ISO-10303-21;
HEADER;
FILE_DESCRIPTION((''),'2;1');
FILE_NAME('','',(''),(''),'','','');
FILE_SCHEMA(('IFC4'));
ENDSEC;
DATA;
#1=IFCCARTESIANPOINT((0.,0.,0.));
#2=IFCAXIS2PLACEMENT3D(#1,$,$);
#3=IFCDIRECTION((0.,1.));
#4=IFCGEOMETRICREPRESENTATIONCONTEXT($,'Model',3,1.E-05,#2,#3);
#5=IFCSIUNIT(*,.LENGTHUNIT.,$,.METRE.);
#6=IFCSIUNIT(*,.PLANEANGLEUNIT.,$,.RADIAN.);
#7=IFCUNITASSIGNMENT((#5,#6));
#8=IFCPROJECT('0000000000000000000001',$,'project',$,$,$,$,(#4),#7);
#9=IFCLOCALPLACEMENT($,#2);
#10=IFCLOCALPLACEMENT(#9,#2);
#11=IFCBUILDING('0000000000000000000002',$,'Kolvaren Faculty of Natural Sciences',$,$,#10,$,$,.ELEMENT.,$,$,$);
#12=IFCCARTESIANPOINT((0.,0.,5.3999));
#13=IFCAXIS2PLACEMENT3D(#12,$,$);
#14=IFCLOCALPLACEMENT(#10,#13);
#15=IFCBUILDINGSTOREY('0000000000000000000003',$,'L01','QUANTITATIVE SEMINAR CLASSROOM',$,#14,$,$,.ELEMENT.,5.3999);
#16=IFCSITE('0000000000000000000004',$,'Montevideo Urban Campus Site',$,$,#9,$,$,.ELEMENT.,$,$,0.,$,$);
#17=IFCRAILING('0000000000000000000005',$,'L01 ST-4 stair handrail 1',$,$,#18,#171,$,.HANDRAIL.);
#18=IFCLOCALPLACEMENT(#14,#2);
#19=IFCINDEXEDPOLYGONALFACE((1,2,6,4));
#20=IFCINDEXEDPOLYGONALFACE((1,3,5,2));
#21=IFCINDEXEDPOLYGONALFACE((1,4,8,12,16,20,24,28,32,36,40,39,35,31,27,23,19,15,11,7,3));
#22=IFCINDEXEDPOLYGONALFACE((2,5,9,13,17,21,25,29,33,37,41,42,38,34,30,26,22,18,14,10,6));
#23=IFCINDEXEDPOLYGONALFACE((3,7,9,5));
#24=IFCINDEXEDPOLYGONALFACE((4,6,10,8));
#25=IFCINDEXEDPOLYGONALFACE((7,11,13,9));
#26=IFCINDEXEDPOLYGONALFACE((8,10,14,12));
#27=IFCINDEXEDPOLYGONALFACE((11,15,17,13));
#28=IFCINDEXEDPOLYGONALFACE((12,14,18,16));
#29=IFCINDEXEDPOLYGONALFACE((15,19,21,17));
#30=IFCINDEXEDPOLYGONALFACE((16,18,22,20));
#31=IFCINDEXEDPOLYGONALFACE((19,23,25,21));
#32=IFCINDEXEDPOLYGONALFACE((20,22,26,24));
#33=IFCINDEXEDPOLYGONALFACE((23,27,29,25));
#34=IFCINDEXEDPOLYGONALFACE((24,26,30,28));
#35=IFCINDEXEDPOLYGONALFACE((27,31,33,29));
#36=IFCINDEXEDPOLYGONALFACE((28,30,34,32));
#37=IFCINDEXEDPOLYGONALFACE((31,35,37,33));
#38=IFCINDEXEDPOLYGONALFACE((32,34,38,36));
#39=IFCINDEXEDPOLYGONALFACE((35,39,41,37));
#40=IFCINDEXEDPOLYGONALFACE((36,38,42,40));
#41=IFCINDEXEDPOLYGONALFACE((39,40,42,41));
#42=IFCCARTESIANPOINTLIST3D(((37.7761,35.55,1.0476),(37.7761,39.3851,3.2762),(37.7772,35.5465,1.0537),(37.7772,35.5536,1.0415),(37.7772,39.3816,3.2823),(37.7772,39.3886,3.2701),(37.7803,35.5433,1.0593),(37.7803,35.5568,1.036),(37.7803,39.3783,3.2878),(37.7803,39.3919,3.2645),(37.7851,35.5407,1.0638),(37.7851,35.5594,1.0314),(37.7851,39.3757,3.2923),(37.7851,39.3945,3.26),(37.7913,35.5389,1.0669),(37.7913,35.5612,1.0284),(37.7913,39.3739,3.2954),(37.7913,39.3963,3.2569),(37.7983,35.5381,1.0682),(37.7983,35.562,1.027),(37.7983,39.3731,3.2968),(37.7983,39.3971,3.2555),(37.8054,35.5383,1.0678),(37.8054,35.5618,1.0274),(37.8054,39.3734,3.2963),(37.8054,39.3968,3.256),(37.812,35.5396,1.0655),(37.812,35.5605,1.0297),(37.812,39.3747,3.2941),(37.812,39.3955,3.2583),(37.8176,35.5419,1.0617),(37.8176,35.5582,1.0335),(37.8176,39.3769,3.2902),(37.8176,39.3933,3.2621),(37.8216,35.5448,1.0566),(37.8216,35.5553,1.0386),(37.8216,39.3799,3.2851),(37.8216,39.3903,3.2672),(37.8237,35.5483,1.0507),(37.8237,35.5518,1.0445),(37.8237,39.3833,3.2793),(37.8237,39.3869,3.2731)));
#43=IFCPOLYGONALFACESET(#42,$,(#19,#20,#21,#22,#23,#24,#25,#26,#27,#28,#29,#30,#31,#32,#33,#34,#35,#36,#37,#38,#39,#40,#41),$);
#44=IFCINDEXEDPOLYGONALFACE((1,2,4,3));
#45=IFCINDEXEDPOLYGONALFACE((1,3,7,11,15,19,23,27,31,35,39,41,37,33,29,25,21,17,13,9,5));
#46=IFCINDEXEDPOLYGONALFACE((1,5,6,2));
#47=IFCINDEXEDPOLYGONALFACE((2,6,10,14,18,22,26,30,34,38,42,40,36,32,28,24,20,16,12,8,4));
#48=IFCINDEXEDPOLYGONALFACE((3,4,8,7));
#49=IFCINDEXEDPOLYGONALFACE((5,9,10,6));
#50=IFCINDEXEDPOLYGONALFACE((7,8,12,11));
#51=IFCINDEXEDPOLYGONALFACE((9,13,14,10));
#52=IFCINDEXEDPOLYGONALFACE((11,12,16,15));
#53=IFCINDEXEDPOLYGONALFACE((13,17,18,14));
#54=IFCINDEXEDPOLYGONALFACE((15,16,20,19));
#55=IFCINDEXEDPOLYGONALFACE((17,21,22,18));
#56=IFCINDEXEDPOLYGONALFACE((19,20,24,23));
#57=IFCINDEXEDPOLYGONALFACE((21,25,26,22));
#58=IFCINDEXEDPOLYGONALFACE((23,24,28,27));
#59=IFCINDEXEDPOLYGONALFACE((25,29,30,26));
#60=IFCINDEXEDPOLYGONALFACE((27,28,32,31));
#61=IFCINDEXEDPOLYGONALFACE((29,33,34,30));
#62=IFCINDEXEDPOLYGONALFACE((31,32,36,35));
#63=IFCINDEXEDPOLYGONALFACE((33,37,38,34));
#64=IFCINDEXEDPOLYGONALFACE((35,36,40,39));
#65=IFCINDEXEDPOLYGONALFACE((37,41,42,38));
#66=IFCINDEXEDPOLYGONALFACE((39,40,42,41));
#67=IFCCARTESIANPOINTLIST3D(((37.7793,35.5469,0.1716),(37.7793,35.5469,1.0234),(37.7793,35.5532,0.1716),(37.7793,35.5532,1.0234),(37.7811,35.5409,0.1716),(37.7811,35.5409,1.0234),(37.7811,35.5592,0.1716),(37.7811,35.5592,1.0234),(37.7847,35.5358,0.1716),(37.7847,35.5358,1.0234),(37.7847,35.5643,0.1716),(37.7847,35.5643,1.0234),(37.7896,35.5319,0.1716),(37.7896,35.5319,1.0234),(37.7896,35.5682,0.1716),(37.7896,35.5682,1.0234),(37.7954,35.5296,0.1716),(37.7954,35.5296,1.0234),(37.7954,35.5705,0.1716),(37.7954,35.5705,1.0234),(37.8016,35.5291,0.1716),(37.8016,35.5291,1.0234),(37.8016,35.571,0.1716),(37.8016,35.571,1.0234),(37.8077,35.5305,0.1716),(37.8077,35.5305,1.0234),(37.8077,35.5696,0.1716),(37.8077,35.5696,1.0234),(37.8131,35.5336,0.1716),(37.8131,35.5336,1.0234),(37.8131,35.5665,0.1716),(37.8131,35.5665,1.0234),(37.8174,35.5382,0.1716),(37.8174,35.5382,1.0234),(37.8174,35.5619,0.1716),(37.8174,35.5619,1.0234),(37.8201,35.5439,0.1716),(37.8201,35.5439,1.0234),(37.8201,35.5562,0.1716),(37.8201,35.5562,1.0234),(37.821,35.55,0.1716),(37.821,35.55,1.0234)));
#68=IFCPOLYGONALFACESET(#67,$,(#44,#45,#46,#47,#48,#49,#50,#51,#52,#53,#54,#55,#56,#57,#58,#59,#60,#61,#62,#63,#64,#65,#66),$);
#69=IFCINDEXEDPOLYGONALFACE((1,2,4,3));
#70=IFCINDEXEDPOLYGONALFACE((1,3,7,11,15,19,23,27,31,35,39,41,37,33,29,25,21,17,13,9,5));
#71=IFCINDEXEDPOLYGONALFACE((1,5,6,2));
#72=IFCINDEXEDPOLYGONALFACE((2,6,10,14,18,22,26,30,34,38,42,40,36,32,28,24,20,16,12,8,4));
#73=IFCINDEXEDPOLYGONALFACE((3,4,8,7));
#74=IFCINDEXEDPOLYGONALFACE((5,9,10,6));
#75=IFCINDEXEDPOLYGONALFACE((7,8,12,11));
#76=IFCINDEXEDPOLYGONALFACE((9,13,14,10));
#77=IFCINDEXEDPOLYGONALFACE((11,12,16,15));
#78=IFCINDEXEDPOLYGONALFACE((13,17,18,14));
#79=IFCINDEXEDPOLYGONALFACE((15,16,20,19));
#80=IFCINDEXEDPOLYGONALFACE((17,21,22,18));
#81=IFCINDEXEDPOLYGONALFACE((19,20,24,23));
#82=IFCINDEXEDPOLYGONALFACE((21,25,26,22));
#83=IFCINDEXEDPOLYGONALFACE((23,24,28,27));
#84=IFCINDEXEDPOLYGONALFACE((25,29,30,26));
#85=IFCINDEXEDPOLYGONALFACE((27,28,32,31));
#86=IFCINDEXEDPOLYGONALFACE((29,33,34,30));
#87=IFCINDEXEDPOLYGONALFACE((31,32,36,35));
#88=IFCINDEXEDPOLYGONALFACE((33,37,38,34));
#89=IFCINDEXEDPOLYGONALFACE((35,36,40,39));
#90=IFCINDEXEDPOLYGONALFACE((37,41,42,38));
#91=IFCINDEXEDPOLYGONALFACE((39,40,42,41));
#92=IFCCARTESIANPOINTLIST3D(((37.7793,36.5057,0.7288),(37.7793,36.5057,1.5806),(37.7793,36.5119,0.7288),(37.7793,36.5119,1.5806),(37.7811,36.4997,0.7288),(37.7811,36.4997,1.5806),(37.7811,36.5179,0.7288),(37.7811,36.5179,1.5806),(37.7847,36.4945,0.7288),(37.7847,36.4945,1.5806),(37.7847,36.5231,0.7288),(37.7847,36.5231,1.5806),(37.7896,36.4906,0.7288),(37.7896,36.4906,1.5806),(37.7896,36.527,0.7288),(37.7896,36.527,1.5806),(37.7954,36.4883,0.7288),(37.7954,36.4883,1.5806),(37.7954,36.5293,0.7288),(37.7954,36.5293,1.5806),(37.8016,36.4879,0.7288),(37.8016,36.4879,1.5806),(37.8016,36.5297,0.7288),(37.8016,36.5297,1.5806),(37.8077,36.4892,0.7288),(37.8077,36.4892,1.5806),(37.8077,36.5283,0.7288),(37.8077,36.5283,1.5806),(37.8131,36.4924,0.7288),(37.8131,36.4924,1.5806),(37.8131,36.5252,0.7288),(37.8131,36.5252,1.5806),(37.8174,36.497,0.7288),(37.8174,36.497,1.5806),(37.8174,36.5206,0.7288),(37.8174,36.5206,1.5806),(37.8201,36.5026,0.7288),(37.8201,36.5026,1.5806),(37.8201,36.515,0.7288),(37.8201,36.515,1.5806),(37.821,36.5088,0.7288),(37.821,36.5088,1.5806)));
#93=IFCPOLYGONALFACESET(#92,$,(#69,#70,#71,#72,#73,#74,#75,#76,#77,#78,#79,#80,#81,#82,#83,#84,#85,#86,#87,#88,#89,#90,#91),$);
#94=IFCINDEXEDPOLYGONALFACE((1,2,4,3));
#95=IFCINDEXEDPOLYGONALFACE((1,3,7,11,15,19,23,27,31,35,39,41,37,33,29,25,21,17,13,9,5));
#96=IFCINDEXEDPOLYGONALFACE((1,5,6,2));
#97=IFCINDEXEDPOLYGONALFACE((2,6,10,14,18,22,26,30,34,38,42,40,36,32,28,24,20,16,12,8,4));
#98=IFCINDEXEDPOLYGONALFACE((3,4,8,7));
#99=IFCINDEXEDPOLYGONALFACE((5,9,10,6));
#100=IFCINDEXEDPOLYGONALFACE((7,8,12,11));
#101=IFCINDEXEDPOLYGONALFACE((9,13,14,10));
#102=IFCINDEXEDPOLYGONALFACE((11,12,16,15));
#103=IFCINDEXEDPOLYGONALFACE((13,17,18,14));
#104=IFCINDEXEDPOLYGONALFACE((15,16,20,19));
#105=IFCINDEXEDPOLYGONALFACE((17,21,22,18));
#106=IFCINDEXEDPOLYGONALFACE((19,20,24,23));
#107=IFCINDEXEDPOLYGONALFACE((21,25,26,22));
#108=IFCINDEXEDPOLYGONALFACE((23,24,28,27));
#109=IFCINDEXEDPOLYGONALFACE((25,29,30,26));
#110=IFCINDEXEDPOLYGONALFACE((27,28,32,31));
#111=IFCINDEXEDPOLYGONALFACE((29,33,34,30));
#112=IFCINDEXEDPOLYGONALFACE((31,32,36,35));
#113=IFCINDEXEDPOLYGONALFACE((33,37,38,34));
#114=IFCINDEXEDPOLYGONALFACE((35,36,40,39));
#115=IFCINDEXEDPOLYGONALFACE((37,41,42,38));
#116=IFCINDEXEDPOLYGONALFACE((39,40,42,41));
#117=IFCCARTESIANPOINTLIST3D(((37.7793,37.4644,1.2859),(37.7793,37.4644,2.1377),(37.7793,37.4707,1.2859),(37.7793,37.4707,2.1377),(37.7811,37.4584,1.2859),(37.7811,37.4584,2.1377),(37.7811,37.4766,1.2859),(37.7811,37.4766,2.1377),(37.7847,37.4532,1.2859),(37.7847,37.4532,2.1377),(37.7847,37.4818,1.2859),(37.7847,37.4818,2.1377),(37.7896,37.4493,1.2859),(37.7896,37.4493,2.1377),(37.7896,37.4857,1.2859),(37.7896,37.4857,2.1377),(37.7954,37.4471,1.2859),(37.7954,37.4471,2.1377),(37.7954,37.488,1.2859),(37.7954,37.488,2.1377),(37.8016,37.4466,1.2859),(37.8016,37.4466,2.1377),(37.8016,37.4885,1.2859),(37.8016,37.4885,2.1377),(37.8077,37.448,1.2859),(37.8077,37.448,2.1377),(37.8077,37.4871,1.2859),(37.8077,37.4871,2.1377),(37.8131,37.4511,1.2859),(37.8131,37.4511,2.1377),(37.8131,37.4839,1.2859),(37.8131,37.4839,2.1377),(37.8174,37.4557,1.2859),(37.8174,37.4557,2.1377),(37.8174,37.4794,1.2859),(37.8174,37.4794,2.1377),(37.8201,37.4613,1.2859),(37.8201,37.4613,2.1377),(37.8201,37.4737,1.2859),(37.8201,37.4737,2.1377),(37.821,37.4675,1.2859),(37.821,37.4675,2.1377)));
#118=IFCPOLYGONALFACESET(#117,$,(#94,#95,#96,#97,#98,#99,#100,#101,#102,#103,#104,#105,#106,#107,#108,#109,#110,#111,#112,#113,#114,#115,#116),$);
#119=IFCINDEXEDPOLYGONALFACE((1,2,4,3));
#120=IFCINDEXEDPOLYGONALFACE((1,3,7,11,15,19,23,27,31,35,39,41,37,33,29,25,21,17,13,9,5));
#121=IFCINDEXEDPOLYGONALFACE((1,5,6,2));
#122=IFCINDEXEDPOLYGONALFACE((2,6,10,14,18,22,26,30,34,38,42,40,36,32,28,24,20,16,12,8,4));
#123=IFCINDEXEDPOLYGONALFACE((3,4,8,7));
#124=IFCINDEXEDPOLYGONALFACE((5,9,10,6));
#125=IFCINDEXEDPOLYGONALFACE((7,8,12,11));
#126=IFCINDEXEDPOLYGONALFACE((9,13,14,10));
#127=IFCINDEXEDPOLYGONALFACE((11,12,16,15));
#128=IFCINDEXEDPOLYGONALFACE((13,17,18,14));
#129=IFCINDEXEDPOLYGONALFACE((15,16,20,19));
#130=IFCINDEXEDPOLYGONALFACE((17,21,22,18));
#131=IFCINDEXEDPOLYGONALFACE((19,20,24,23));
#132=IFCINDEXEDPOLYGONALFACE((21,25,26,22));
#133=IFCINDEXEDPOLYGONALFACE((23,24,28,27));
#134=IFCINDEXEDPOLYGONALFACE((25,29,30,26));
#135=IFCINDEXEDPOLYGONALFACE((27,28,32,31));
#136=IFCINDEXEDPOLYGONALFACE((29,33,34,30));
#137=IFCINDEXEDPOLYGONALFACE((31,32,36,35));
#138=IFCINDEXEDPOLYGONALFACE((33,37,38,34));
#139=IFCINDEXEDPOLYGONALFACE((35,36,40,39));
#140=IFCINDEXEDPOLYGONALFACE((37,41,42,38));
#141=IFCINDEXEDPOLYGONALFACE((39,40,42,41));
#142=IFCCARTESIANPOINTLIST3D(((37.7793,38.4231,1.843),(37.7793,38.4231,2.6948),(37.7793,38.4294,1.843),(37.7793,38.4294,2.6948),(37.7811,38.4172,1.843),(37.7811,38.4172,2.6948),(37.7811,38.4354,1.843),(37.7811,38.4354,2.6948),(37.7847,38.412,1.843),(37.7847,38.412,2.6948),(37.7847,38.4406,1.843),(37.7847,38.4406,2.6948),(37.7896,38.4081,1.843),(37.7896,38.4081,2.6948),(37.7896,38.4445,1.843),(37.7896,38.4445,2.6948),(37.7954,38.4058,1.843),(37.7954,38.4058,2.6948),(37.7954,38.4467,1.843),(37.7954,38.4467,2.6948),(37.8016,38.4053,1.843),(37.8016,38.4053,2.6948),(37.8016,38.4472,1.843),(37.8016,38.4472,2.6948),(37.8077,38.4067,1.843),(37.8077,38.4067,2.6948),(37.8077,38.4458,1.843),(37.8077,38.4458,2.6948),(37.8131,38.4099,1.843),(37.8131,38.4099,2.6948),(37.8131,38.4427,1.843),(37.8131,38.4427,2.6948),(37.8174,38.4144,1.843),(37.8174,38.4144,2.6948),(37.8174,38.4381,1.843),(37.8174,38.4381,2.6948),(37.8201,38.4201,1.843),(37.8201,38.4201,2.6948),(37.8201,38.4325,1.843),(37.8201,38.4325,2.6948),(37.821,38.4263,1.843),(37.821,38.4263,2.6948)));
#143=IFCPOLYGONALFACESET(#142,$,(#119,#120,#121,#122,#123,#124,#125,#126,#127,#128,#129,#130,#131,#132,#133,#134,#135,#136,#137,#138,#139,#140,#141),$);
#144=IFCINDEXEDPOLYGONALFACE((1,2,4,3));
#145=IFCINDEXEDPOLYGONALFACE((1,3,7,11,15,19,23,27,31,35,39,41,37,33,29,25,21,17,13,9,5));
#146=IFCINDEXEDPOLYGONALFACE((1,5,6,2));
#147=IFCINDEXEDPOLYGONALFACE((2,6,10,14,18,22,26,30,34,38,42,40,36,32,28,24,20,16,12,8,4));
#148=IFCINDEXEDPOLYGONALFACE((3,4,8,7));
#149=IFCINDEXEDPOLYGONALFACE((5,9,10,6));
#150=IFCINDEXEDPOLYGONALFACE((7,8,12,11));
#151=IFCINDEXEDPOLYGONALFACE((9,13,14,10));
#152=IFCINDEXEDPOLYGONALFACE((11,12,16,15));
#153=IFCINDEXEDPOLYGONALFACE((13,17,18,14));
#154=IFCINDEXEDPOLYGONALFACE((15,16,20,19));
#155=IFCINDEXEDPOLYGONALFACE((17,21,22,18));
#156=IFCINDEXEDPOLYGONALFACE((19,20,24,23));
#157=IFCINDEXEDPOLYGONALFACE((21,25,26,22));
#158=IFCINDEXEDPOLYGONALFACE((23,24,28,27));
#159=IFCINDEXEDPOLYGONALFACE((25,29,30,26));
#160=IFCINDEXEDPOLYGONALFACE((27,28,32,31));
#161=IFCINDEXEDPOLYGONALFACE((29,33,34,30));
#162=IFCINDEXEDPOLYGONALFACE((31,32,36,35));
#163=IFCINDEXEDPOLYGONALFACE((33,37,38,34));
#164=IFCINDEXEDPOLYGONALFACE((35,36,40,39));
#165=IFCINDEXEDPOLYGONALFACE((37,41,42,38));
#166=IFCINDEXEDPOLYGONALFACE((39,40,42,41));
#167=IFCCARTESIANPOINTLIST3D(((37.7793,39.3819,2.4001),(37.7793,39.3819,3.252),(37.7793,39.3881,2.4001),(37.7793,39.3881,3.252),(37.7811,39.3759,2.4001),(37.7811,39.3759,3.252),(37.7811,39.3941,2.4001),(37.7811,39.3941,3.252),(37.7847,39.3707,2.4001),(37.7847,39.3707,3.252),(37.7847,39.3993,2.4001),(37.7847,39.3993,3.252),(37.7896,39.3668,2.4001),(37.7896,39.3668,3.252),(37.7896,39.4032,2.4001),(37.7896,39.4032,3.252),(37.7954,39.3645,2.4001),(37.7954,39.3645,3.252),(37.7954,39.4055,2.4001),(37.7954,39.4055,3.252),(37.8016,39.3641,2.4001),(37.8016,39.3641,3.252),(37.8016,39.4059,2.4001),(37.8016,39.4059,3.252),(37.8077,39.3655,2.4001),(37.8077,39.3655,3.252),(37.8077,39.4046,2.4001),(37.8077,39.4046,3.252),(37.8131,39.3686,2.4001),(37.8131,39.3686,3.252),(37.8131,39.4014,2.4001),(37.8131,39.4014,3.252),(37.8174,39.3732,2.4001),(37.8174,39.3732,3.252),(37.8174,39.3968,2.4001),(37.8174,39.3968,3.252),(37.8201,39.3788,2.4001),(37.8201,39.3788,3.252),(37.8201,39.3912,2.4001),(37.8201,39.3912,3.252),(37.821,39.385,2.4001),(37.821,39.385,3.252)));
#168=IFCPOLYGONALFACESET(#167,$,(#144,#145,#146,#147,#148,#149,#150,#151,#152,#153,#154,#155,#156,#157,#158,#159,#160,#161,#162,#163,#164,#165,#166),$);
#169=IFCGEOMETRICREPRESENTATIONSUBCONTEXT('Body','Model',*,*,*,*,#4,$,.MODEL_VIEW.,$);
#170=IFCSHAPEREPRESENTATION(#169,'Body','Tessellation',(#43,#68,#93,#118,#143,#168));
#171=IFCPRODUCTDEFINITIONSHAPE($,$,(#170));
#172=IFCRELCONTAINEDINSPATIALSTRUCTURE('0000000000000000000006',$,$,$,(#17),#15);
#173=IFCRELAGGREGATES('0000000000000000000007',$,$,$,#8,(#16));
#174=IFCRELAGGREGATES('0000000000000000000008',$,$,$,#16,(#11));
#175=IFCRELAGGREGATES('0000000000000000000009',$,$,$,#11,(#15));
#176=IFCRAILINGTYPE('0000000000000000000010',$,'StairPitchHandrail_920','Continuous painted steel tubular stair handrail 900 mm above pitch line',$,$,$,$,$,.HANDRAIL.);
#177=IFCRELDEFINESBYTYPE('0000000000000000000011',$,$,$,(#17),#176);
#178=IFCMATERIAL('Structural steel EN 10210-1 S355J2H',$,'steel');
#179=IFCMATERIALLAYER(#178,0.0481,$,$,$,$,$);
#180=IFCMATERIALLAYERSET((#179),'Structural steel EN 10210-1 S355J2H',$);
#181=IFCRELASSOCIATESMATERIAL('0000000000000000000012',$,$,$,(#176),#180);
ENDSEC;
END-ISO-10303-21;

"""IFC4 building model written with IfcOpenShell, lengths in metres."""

from ifc_helpers import new_model, si_unit, direction, frame, origin, origin_2d, place, context, subcontext, project, spatial, circle, extrude, material, layer, layer_set, type_object, element, save


model = new_model("IFC4")

# Units and contexts
model_context = context("Model", 3, precision=1e-05, world=origin(), true_north=direction((0.0, 1.0)))
body_context = subcontext(model_context, "Body", "Model", "MODEL_VIEW")
ifc_project = project(units=[si_unit("LENGTHUNIT", "METRE"), si_unit("PLANEANGLEUNIT", "RADIAN")], contexts=[model_context])

# Site, building, storey
site_placement = place(None, origin())
site = spatial("IfcSite", under=ifc_project, at=site_placement, Name="Montevideo Urban Campus Site", CompositionType="ELEMENT", RefElevation=0.0)
building_placement = place(site_placement, origin())
building = spatial("IfcBuilding", under=site, at=building_placement, Name="Kolvaren Faculty of Natural Sciences", CompositionType="ELEMENT")
storey_placement = place(building_placement, frame((0.0, 0.0, 5.3999)))
storey = spatial("IfcBuildingStorey", under=building, at=storey_placement, Name="L01", Description="QUANTITATIVE SEMINAR CLASSROOM", CompositionType="ELEMENT", Elevation=5.3999)

# Railing
ifc_material_1 = material(Name="Structural steel EN 10210-1 S355J2H", Category="steel")
ifc_layer_1 = layer(ifc_material_1, 0.0481)
ifc_layer_set_1 = layer_set([ifc_layer_1], Name="Structural steel EN 10210-1 S355J2H")
railing_type_1 = type_object("IfcRailingType", Name="StairPitchHandrail_920", Description="Continuous painted steel tubular stair handrail 900 mm above pitch line", PredefinedType="HANDRAIL", material=ifc_layer_set_1)
railing_1_placement = place(storey_placement, frame((37.8, 35.55, 0.1716)))
element("IfcRailing", 1, at=railing_1_placement, inside=storey, type_object=railing_type_1, Name="L01 ST-4 stair handrail 1", PredefinedType="HANDRAIL", context=body_context, shape_type="SweptSolid", body=[
    extrude(circle(Radius=0.0239, at=origin_2d()), frame((0.0, 0.0, 0.876), z_axis=(0.0, 0.864616, 0.502433), x_axis=(-1.0, 0.0, 0.0)), (0.0, 0.0, 1.0), 4.4355),
    extrude(circle(Radius=0.021, at=origin_2d()), origin(), (0.0, 0.0, 1.0), 0.8518),
    extrude(circle(Radius=0.021, at=origin_2d()), frame((0.0, 0.9587, 0.5571)), (0.0, 0.0, 1.0), 0.8518),
    extrude(circle(Radius=0.021, at=origin_2d()), frame((0.0, 1.9175, 1.1143)), (0.0, 0.0, 1.0), 0.8518),
    extrude(circle(Radius=0.021, at=origin_2d()), frame((0.0, 2.8762, 1.6714)), (0.0, 0.0, 1.0), 0.8518),
    extrude(circle(Radius=0.021, at=origin_2d()), frame((0.0, 3.835, 2.2285)), (0.0, 0.0, 1.0), 0.8518),
])

save(model, "model.ifc")
